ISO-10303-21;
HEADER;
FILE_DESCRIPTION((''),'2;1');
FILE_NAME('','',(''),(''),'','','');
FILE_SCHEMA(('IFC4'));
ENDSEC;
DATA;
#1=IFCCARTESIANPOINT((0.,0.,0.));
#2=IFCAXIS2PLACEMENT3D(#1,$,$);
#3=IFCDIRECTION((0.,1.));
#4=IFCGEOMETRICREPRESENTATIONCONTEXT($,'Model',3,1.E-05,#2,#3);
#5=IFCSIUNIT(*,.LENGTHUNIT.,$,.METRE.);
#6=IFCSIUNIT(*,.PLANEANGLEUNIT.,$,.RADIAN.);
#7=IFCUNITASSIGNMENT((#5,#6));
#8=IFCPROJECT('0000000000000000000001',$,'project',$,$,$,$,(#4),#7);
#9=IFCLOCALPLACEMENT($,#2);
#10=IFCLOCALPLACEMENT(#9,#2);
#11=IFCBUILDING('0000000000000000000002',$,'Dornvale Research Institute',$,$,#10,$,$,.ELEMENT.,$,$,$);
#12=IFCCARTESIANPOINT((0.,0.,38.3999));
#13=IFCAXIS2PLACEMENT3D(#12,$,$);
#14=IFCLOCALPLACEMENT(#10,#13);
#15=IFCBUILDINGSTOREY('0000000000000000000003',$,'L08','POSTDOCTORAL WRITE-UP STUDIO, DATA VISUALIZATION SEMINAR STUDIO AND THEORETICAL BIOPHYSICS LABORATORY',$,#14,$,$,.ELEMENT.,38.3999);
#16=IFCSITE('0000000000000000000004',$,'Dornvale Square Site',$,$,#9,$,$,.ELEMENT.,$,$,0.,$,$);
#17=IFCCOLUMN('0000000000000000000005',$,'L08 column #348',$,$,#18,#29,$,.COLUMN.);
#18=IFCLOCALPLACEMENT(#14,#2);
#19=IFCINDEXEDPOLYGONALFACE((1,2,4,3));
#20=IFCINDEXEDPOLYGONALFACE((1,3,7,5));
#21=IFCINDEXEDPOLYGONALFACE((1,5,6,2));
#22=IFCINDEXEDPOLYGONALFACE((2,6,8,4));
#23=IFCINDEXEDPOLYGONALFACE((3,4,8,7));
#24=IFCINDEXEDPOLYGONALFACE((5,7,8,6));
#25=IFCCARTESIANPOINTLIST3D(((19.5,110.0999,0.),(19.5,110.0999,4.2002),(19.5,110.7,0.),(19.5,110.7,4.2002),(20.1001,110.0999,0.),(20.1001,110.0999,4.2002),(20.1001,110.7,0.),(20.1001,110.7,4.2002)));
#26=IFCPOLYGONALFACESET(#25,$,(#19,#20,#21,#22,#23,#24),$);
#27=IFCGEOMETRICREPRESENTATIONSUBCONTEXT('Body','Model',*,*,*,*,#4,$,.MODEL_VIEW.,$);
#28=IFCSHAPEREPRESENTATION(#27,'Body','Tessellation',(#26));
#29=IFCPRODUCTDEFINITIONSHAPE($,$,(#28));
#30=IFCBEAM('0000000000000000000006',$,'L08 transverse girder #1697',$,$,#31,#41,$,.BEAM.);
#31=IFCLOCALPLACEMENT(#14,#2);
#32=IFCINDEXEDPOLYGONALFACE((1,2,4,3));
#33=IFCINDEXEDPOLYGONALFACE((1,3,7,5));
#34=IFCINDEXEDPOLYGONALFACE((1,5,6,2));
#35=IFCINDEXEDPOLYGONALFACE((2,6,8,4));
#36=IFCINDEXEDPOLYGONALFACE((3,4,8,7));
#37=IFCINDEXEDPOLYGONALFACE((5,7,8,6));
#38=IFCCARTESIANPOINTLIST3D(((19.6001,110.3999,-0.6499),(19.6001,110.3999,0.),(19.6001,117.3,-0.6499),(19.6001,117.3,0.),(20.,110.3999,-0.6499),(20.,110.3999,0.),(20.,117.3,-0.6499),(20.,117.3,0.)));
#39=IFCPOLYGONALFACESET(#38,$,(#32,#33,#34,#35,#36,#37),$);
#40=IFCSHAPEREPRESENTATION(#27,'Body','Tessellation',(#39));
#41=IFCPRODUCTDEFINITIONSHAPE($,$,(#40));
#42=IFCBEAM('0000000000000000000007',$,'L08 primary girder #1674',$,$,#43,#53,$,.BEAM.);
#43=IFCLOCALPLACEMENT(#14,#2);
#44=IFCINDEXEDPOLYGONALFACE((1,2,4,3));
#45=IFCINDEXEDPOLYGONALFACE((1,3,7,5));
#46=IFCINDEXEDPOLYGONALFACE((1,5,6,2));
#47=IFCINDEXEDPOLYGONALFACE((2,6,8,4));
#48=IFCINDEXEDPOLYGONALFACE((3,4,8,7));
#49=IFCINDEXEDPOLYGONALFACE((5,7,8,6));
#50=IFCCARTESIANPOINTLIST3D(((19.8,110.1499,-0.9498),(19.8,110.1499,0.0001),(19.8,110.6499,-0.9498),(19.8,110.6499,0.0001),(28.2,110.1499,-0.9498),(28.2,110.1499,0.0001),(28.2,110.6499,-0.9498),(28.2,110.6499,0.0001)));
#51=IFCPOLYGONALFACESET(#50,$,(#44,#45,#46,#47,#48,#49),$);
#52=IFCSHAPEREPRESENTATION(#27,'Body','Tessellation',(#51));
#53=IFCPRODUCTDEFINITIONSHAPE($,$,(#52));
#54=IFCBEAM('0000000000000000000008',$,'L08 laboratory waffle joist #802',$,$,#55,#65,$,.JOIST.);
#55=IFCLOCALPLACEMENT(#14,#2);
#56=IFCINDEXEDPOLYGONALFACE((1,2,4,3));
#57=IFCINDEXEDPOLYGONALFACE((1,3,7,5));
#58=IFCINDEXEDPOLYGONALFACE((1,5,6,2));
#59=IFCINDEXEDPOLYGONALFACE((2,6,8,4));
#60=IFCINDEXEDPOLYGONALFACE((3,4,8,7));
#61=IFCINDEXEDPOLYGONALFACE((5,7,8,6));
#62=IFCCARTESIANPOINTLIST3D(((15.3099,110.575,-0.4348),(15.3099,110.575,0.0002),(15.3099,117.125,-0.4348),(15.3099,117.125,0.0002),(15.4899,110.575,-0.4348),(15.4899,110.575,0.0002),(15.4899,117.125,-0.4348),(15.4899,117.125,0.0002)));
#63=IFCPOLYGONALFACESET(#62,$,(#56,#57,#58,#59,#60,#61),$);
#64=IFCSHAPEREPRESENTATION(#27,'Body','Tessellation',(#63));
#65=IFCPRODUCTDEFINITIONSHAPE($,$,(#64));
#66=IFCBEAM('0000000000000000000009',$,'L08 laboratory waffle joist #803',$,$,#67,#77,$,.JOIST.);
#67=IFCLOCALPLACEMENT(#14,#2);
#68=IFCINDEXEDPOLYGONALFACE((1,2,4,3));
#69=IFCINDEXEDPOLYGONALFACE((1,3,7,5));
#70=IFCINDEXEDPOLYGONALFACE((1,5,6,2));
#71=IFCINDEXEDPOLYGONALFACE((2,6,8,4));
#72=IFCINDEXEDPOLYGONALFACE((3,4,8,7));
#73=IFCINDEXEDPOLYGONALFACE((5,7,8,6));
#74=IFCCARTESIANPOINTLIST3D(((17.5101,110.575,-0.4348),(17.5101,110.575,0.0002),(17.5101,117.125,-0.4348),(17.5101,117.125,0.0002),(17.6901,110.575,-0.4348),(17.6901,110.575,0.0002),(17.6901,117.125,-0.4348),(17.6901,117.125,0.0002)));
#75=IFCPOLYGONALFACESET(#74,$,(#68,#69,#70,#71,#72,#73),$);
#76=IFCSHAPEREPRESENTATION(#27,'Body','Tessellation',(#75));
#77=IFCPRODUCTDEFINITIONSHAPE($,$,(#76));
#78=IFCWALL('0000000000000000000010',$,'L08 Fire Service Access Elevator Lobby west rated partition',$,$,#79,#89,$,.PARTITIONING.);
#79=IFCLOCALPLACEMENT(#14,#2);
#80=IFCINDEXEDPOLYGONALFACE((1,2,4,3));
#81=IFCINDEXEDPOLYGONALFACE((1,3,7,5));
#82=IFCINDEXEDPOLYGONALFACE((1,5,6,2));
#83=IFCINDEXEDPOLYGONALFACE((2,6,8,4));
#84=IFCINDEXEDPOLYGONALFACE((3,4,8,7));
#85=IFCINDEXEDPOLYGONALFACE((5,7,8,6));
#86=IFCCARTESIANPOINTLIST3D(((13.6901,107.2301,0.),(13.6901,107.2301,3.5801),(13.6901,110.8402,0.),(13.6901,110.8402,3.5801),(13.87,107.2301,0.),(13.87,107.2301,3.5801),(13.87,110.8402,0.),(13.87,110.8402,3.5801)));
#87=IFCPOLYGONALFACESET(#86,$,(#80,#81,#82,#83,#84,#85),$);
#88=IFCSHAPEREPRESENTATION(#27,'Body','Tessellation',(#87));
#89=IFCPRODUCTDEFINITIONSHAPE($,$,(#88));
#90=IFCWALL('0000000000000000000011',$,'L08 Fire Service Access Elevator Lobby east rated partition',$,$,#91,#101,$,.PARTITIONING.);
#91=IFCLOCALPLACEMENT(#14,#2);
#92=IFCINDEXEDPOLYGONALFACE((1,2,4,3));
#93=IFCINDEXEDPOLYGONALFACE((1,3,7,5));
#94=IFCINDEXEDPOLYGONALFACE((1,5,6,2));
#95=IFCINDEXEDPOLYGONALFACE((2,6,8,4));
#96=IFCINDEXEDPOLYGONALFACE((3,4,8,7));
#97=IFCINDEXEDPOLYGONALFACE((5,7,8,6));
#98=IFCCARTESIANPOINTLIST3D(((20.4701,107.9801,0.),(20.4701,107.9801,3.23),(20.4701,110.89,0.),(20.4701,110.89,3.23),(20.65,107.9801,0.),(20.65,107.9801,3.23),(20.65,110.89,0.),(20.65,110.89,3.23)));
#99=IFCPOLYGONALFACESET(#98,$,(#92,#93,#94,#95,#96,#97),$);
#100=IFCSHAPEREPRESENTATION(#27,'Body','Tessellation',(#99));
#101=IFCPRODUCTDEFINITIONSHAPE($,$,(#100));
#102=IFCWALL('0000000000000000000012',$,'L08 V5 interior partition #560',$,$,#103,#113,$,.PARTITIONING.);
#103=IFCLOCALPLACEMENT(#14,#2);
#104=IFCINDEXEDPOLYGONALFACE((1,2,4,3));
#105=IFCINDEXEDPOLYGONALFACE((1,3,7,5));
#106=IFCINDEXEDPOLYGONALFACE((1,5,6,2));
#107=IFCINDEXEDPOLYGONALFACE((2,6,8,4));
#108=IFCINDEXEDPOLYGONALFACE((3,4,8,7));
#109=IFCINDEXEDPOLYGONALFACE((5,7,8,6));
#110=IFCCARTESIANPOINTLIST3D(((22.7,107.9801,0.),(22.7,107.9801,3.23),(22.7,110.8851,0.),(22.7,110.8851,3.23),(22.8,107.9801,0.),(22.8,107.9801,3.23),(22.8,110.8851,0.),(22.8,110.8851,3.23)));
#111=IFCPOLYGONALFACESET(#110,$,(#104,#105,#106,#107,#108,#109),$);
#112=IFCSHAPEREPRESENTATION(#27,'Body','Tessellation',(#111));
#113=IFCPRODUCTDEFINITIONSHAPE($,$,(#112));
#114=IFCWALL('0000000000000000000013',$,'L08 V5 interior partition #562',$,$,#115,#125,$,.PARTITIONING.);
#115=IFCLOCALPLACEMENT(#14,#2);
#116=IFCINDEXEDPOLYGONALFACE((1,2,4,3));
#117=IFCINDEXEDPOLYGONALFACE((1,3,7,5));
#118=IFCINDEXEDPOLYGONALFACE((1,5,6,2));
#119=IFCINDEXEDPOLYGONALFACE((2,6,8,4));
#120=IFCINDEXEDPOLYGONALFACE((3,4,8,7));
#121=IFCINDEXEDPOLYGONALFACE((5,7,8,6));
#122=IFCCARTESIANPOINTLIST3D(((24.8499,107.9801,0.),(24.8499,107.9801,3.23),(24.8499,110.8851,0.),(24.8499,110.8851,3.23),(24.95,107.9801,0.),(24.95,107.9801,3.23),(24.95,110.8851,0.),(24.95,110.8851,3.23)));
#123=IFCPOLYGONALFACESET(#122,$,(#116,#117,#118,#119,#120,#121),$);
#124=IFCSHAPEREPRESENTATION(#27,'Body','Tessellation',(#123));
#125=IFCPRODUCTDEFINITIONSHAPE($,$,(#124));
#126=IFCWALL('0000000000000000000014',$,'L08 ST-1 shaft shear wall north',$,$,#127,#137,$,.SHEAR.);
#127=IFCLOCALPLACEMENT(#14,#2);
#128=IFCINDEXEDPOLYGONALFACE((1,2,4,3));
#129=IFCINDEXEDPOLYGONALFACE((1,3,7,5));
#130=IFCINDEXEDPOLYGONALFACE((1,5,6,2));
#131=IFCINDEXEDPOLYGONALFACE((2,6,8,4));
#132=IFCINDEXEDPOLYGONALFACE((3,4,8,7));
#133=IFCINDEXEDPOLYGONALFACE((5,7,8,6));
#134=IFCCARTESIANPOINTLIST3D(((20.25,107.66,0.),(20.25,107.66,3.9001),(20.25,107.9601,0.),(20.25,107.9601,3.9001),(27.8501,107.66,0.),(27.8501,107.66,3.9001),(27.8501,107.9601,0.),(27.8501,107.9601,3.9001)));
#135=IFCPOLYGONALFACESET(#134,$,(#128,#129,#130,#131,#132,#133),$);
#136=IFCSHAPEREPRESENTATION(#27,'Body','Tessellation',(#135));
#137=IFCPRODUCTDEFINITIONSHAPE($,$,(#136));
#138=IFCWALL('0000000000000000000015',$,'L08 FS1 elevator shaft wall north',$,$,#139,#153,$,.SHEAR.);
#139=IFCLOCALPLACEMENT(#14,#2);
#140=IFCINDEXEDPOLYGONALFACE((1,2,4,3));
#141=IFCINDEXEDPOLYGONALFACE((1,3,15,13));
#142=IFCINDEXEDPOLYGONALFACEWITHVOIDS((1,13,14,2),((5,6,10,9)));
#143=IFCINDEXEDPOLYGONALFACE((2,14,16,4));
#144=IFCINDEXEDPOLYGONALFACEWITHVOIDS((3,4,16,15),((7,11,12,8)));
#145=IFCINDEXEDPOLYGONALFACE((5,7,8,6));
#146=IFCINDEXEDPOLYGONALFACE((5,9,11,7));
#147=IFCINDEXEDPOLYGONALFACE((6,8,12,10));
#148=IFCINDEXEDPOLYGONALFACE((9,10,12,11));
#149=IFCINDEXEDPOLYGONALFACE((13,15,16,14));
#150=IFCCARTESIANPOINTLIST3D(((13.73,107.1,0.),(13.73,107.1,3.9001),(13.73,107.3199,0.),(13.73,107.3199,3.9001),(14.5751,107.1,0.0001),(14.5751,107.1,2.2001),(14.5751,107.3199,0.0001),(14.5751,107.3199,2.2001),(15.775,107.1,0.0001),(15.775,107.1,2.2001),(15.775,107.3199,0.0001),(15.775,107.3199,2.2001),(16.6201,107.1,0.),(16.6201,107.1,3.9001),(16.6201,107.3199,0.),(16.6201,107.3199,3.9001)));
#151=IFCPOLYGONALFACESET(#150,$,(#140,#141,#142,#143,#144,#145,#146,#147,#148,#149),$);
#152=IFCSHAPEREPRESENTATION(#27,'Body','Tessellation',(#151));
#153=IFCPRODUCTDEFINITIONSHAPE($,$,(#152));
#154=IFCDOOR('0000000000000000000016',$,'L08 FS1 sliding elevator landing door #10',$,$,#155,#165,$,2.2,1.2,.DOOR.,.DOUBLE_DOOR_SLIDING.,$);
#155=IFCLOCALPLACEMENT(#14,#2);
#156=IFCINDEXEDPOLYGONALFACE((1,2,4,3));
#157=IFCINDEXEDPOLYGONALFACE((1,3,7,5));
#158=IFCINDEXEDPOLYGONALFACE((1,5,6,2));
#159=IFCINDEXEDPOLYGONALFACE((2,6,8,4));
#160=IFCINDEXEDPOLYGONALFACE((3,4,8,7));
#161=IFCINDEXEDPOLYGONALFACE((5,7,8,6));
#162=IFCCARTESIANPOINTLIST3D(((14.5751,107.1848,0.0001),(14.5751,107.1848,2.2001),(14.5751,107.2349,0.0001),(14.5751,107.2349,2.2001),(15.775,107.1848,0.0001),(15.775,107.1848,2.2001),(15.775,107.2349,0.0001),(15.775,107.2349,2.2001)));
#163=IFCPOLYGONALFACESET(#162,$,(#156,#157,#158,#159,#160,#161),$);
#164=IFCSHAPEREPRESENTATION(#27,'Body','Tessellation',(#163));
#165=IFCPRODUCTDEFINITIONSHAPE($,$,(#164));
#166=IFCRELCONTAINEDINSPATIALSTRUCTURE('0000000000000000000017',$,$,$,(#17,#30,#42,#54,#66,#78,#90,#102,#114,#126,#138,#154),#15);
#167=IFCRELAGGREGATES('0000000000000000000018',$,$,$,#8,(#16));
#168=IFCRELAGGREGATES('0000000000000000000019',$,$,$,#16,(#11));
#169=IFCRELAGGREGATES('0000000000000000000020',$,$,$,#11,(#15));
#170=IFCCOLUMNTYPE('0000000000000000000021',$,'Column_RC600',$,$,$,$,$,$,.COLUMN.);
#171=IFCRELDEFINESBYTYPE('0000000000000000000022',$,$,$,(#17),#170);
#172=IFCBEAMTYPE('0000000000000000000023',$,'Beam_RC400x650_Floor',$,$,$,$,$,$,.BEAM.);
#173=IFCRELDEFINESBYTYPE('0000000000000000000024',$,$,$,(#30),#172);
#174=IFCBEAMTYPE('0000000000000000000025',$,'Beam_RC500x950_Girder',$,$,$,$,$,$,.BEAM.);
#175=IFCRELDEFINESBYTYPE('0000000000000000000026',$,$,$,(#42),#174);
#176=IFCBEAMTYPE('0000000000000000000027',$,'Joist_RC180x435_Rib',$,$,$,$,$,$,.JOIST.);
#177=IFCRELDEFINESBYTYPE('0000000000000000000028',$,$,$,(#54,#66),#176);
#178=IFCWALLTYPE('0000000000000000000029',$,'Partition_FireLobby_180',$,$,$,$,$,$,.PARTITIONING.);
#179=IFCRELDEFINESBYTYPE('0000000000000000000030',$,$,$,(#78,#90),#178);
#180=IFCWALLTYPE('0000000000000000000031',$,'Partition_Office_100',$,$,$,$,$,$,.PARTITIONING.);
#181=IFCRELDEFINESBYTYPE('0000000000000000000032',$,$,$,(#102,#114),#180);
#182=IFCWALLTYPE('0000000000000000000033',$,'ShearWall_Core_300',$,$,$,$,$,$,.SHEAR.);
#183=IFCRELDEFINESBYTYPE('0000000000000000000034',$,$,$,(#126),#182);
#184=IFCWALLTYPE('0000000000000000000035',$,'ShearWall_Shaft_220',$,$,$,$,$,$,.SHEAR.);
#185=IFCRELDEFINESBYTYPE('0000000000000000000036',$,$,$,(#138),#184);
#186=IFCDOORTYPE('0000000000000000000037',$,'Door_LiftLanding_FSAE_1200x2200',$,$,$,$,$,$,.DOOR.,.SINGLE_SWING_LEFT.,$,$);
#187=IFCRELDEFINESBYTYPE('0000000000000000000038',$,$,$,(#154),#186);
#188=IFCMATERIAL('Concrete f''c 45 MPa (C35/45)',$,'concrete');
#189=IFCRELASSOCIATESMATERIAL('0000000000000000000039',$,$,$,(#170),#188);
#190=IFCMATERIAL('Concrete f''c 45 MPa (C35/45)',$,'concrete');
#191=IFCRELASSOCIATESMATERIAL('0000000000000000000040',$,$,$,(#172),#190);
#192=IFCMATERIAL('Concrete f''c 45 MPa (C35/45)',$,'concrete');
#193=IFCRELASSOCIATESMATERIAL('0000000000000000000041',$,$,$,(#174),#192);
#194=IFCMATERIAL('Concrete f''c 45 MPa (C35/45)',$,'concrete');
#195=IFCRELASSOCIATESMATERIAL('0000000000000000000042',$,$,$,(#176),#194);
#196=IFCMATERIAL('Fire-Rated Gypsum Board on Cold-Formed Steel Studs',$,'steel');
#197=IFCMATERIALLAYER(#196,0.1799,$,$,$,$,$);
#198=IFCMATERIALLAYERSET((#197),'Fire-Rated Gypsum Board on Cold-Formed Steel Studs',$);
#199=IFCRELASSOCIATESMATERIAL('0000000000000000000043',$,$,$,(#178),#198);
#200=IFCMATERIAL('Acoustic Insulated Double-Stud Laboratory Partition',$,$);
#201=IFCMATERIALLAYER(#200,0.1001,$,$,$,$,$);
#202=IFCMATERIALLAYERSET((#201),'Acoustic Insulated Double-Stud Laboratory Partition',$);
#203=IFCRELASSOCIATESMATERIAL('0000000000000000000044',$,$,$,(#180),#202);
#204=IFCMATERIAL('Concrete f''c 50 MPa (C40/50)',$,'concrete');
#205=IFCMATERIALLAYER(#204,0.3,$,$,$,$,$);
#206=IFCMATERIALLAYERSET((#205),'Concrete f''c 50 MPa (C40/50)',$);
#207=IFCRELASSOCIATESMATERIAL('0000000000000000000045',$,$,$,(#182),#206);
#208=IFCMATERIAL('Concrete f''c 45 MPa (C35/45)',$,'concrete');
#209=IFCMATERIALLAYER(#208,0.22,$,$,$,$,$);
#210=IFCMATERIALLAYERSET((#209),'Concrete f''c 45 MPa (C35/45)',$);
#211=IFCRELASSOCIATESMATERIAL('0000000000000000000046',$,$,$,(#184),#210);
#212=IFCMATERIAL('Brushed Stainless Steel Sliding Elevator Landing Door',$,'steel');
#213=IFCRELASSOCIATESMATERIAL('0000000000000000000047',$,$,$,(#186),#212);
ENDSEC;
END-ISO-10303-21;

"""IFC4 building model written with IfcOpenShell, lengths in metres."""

from ifc_helpers import new_model, si_unit, direction, frame, frame_2d, origin, origin_2d, place, context, subcontext, project, spatial, rectangle, extrude, material, layer, layer_set, material_profile, profile_set, type_object, element, fill, save


model = new_model("IFC4")

# Units and contexts
model_context = context("Model", 3, precision=1e-05, world=origin(), true_north=direction((0.0, 1.0)))
body_context = subcontext(model_context, "Body", "Model", "MODEL_VIEW")
ifc_project = project(units=[si_unit("LENGTHUNIT", "METRE"), si_unit("PLANEANGLEUNIT", "RADIAN")], contexts=[model_context])

# Site, building, storey
site_placement = place(None, origin())
site = spatial("IfcSite", under=ifc_project, at=site_placement, Name="Dornvale Square Site", CompositionType="ELEMENT", RefElevation=0.0)
building_placement = place(site_placement, origin())
building = spatial("IfcBuilding", under=site, at=building_placement, Name="Dornvale Research Institute", CompositionType="ELEMENT")
storey_placement = place(building_placement, frame((0.0, 0.0, 38.3999)))
storey = spatial("IfcBuildingStorey", under=building, at=storey_placement, Name="L08", Description="POSTDOCTORAL WRITE-UP STUDIO, DATA VISUALIZATION SEMINAR STUDIO AND THEORETICAL BIOPHYSICS LABORATORY", CompositionType="ELEMENT", Elevation=38.3999)

# Column
ifc_material_1 = material(Name="Concrete f'c 45 MPa (C35/45)", Category="concrete")
ifc_material_profile_1 = material_profile(ifc_material_1, rectangle(XDim=0.6001, YDim=0.6001, at=origin_2d()), Name="RC 600x600")
ifc_profile_set_1 = profile_set([ifc_material_profile_1], Name="Concrete f'c 45 MPa (C35/45)")
column_type = type_object("IfcColumnType", Name="Column_RC600", PredefinedType="COLUMN", material=ifc_profile_set_1)
column_placement = place(storey_placement, frame((19.8, 110.3999, 0.0), z_axis=(0.0, 0.0, 1.0), x_axis=(1.0, 0.0, 0.0)))
element("IfcColumn", 1, at=column_placement, inside=storey, type_object=column_type, Name="L08 column #348", PredefinedType="COLUMN", context=body_context, shape_type="SweptSolid", body=[
    extrude(rectangle(XDim=0.6001, YDim=0.6001, at=origin_2d()), origin(), (0.0, 0.0, 1.0), 4.2002),
])

# Beams
ifc_material_2 = material(Name="Concrete f'c 45 MPa (C35/45)", Category="concrete")
ifc_material_profile_2 = material_profile(ifc_material_2, rectangle(XDim=0.3999, YDim=0.6499, at=origin_2d()), Name="RC 400x650")
ifc_profile_set_2 = profile_set([ifc_material_profile_2], Name="Concrete f'c 45 MPa (C35/45)")
beam_type_1 = type_object("IfcBeamType", Name="Beam_RC400x650_Floor", PredefinedType="BEAM", material=ifc_profile_set_2)
beam_1_placement = place(storey_placement, frame((19.8, 110.3999, -0.325), z_axis=(0.0, 1.0, 0.0), x_axis=(-1.0, 0.0, 0.0)))
element("IfcBeam", 2, at=beam_1_placement, inside=storey, type_object=beam_type_1, Name="L08 transverse girder #1697", PredefinedType="BEAM", context=body_context, shape_type="SweptSolid", body=[
    extrude(rectangle(XDim=0.3999, YDim=0.6499, at=origin_2d()), origin(), (0.0, 0.0, 1.0), 6.9001),
])
ifc_material_3 = material(Name="Concrete f'c 45 MPa (C35/45)", Category="concrete")
ifc_material_profile_3 = material_profile(ifc_material_3, rectangle(XDim=0.5, YDim=0.95, at=origin_2d()), Name="RC 500x950")
ifc_profile_set_3 = profile_set([ifc_material_profile_3], Name="Concrete f'c 45 MPa (C35/45)")
beam_type_2 = type_object("IfcBeamType", Name="Beam_RC500x950_Girder", PredefinedType="BEAM", material=ifc_profile_set_3)
beam_2_placement = place(storey_placement, frame((19.8, 110.3999, -0.4749), z_axis=(1.0, 0.0, 0.0), x_axis=(0.0, 1.0, 0.0)))
element("IfcBeam", 3, at=beam_2_placement, inside=storey, type_object=beam_type_2, Name="L08 primary girder #1674", PredefinedType="BEAM", context=body_context, shape_type="SweptSolid", body=[
    extrude(rectangle(XDim=0.5, YDim=0.95, at=origin_2d()), origin(), (0.0, 0.0, 1.0), 8.3999),
])
ifc_material_4 = material(Name="Concrete f'c 45 MPa (C35/45)", Category="concrete")
ifc_material_profile_4 = material_profile(ifc_material_4, rectangle(XDim=0.1799, YDim=0.4351, at=origin_2d()), Name="RC 180x435")
ifc_profile_set_4 = profile_set([ifc_material_profile_4], Name="Concrete f'c 45 MPa (C35/45)")
beam_type_3 = type_object("IfcBeamType", Name="Joist_RC180x435_Rib", PredefinedType="JOIST", material=ifc_profile_set_4)
for number, where, z_axis, x_axis, name in (
    (4, (15.3999, 110.575, -0.2173), (0.0, 1.0, 0.0), (-1.0, 0.0, 0.0), "L08 laboratory waffle joist #802"),
    (5, (17.6001, 110.575, -0.2173), (0.0, 1.0, 0.0), (-1.0, 0.0, 0.0), "L08 laboratory waffle joist #803"),
):
    element("IfcBeam", number, at=place(storey_placement, frame(where, z_axis=z_axis, x_axis=x_axis)), inside=storey, type_object=beam_type_3, Name=name, PredefinedType="JOIST", context=body_context, shape_type="SweptSolid", body=[
        extrude(rectangle(XDim=0.1799, YDim=0.4351, at=origin_2d()), origin(), (0.0, 0.0, 1.0), 6.55),
    ])

# Walls
ifc_material_5 = material(Name="Fire-Rated Gypsum Board on Cold-Formed Steel Studs", Category="steel")
ifc_layer_1 = layer(ifc_material_5, 0.1799)
ifc_layer_set_1 = layer_set([ifc_layer_1], Name="Fire-Rated Gypsum Board on Cold-Formed Steel Studs")
wall_type_1 = type_object("IfcWallType", Name="Partition_FireLobby_180", PredefinedType="PARTITIONING", material=ifc_layer_set_1)
wall_1_placement = place(storey_placement, frame((13.78, 107.23, 0.0), z_axis=(0.0, 0.0, 1.0), x_axis=(0.0, 1.0, 0.0)))
element("IfcWall", 6, at=wall_1_placement, inside=storey, type_object=wall_type_1, Name="L08 Fire Service Access Elevator Lobby west rated partition", PredefinedType="PARTITIONING", context=body_context, shape_type="SweptSolid", body=[
    extrude(rectangle(XDim=3.6101, YDim=0.1799, at=frame_2d((1.8052, 0.0))), origin(), (0.0, 0.0, 1.0), 3.5801),
])
wall_2_placement = place(storey_placement, frame((20.5601, 107.98, 0.0), z_axis=(0.0, 0.0, 1.0), x_axis=(0.0, 1.0, 0.0)))
element("IfcWall", 7, at=wall_2_placement, inside=storey, type_object=wall_type_1, Name="L08 Fire Service Access Elevator Lobby east rated partition", PredefinedType="PARTITIONING", context=body_context, shape_type="SweptSolid", body=[
    extrude(rectangle(XDim=2.9099, YDim=0.1799, at=frame_2d((1.4551, 0.0))), origin(), (0.0, 0.0, 1.0), 3.23),
])
ifc_material_6 = material(Name="Acoustic Insulated Double-Stud Laboratory Partition")
ifc_layer_2 = layer(ifc_material_6, 0.1001)
ifc_layer_set_2 = layer_set([ifc_layer_2], Name="Acoustic Insulated Double-Stud Laboratory Partition")
wall_type_2 = type_object("IfcWallType", Name="Partition_Office_100", PredefinedType="PARTITIONING", material=ifc_layer_set_2)
for number, where, z_axis, x_axis, name in (
    (8, (22.75, 107.98, 0.0), (0.0, 0.0, 1.0), (0.0, 1.0, 0.0), "L08 V5 interior partition #560"),
    (9, (24.8999, 107.98, 0.0), (0.0, 0.0, 1.0), (0.0, 1.0, 0.0), "L08 V5 interior partition #562"),
):
    element("IfcWall", number, at=place(storey_placement, frame(where, z_axis=z_axis, x_axis=x_axis)), inside=storey, type_object=wall_type_2, Name=name, PredefinedType="PARTITIONING", context=body_context, shape_type="SweptSolid", body=[
        extrude(rectangle(XDim=2.905, YDim=0.1001, at=frame_2d((1.4526, 0.0))), origin(), (0.0, 0.0, 1.0), 3.23),
    ])
ifc_material_7 = material(Name="Concrete f'c 50 MPa (C40/50)", Category="concrete")
ifc_layer_3 = layer(ifc_material_7, 0.3)
ifc_layer_set_3 = layer_set([ifc_layer_3], Name="Concrete f'c 50 MPa (C40/50)")
wall_type_3 = type_object("IfcWallType", Name="ShearWall_Core_300", PredefinedType="SHEAR", material=ifc_layer_set_3)
wall_3_placement = place(storey_placement, frame((20.25, 107.8101, 0.0), z_axis=(0.0, 0.0, 1.0), x_axis=(1.0, 0.0, 0.0)))
element("IfcWall", 10, at=wall_3_placement, inside=storey, type_object=wall_type_3, Name="L08 ST-1 shaft shear wall north", PredefinedType="SHEAR", context=body_context, shape_type="SweptSolid", body=[
    extrude(rectangle(XDim=7.6001, YDim=0.3, at=frame_2d((3.8, 0.0))), origin(), (0.0, 0.0, 1.0), 3.9001),
])

# Wall, opening, door
ifc_material_8 = material(Name="Concrete f'c 45 MPa (C35/45)", Category="concrete")
ifc_layer_4 = layer(ifc_material_8, 0.22)
ifc_layer_set_4 = layer_set([ifc_layer_4], Name="Concrete f'c 45 MPa (C35/45)")
wall_type_4 = type_object("IfcWallType", Name="ShearWall_Shaft_220", PredefinedType="SHEAR", material=ifc_layer_set_4)
wall_4_placement = place(storey_placement, frame((13.73, 107.21, 0.0), z_axis=(0.0, 0.0, 1.0), x_axis=(1.0, 0.0, 0.0)))
wall_4 = element("IfcWall", 11, at=wall_4_placement, inside=storey, type_object=wall_type_4, Name="L08 FS1 elevator shaft wall north", PredefinedType="SHEAR", context=body_context, shape_type="SweptSolid", body=[
    extrude(rectangle(XDim=2.8901, YDim=0.22, at=frame_2d((1.4451, 0.0))), origin(), (0.0, 0.0, 1.0), 3.9001),
])
opening_1_placement = place(wall_4_placement, frame((0.845, 0.0, 0.0)))
opening_1 = element("IfcOpeningElement", 12, at=opening_1_placement, cuts=wall_4, PredefinedType="OPENING", context=body_context, shape_type="SweptSolid", body=[
    extrude(rectangle(XDim=1.2, YDim=2.2, at=frame_2d((0.6001, 1.1001))), frame((0.0, 0.125, 0.0), z_axis=(0.0, -1.0, 0.0), x_axis=(1.0, 0.0, 0.0)), (0.0, 0.0, 1.0), 0.25),
])
ifc_material_9 = material(Name="Brushed Stainless Steel Sliding Elevator Landing Door", Category="steel")
door_type = type_object("IfcDoorType", Name="Door_LiftLanding_FSAE_1200x2200", OperationType="SINGLE_SWING_LEFT", PredefinedType="DOOR", material=ifc_material_9)
door_1_placement = place(opening_1_placement, origin())
door_1 = element("IfcDoor", 13, at=door_1_placement, inside=storey, type_object=door_type, Name="L08 FS1 sliding elevator landing door #10", OperationType="DOUBLE_DOOR_SLIDING", OverallHeight=2.2, OverallWidth=1.2, PredefinedType="DOOR", context=body_context, shape_type="SweptSolid", body=[
    extrude(rectangle(XDim=1.2, YDim=2.2, at=frame_2d((0.6001, 1.1001))), frame((0.0, 0.0249, 0.0), z_axis=(0.0, -1.0, 0.0), x_axis=(1.0, 0.0, 0.0)), (0.0, 0.0, 1.0), 0.05),
])
fill(opening_1, door_1)

save(model, "model.ifc")
